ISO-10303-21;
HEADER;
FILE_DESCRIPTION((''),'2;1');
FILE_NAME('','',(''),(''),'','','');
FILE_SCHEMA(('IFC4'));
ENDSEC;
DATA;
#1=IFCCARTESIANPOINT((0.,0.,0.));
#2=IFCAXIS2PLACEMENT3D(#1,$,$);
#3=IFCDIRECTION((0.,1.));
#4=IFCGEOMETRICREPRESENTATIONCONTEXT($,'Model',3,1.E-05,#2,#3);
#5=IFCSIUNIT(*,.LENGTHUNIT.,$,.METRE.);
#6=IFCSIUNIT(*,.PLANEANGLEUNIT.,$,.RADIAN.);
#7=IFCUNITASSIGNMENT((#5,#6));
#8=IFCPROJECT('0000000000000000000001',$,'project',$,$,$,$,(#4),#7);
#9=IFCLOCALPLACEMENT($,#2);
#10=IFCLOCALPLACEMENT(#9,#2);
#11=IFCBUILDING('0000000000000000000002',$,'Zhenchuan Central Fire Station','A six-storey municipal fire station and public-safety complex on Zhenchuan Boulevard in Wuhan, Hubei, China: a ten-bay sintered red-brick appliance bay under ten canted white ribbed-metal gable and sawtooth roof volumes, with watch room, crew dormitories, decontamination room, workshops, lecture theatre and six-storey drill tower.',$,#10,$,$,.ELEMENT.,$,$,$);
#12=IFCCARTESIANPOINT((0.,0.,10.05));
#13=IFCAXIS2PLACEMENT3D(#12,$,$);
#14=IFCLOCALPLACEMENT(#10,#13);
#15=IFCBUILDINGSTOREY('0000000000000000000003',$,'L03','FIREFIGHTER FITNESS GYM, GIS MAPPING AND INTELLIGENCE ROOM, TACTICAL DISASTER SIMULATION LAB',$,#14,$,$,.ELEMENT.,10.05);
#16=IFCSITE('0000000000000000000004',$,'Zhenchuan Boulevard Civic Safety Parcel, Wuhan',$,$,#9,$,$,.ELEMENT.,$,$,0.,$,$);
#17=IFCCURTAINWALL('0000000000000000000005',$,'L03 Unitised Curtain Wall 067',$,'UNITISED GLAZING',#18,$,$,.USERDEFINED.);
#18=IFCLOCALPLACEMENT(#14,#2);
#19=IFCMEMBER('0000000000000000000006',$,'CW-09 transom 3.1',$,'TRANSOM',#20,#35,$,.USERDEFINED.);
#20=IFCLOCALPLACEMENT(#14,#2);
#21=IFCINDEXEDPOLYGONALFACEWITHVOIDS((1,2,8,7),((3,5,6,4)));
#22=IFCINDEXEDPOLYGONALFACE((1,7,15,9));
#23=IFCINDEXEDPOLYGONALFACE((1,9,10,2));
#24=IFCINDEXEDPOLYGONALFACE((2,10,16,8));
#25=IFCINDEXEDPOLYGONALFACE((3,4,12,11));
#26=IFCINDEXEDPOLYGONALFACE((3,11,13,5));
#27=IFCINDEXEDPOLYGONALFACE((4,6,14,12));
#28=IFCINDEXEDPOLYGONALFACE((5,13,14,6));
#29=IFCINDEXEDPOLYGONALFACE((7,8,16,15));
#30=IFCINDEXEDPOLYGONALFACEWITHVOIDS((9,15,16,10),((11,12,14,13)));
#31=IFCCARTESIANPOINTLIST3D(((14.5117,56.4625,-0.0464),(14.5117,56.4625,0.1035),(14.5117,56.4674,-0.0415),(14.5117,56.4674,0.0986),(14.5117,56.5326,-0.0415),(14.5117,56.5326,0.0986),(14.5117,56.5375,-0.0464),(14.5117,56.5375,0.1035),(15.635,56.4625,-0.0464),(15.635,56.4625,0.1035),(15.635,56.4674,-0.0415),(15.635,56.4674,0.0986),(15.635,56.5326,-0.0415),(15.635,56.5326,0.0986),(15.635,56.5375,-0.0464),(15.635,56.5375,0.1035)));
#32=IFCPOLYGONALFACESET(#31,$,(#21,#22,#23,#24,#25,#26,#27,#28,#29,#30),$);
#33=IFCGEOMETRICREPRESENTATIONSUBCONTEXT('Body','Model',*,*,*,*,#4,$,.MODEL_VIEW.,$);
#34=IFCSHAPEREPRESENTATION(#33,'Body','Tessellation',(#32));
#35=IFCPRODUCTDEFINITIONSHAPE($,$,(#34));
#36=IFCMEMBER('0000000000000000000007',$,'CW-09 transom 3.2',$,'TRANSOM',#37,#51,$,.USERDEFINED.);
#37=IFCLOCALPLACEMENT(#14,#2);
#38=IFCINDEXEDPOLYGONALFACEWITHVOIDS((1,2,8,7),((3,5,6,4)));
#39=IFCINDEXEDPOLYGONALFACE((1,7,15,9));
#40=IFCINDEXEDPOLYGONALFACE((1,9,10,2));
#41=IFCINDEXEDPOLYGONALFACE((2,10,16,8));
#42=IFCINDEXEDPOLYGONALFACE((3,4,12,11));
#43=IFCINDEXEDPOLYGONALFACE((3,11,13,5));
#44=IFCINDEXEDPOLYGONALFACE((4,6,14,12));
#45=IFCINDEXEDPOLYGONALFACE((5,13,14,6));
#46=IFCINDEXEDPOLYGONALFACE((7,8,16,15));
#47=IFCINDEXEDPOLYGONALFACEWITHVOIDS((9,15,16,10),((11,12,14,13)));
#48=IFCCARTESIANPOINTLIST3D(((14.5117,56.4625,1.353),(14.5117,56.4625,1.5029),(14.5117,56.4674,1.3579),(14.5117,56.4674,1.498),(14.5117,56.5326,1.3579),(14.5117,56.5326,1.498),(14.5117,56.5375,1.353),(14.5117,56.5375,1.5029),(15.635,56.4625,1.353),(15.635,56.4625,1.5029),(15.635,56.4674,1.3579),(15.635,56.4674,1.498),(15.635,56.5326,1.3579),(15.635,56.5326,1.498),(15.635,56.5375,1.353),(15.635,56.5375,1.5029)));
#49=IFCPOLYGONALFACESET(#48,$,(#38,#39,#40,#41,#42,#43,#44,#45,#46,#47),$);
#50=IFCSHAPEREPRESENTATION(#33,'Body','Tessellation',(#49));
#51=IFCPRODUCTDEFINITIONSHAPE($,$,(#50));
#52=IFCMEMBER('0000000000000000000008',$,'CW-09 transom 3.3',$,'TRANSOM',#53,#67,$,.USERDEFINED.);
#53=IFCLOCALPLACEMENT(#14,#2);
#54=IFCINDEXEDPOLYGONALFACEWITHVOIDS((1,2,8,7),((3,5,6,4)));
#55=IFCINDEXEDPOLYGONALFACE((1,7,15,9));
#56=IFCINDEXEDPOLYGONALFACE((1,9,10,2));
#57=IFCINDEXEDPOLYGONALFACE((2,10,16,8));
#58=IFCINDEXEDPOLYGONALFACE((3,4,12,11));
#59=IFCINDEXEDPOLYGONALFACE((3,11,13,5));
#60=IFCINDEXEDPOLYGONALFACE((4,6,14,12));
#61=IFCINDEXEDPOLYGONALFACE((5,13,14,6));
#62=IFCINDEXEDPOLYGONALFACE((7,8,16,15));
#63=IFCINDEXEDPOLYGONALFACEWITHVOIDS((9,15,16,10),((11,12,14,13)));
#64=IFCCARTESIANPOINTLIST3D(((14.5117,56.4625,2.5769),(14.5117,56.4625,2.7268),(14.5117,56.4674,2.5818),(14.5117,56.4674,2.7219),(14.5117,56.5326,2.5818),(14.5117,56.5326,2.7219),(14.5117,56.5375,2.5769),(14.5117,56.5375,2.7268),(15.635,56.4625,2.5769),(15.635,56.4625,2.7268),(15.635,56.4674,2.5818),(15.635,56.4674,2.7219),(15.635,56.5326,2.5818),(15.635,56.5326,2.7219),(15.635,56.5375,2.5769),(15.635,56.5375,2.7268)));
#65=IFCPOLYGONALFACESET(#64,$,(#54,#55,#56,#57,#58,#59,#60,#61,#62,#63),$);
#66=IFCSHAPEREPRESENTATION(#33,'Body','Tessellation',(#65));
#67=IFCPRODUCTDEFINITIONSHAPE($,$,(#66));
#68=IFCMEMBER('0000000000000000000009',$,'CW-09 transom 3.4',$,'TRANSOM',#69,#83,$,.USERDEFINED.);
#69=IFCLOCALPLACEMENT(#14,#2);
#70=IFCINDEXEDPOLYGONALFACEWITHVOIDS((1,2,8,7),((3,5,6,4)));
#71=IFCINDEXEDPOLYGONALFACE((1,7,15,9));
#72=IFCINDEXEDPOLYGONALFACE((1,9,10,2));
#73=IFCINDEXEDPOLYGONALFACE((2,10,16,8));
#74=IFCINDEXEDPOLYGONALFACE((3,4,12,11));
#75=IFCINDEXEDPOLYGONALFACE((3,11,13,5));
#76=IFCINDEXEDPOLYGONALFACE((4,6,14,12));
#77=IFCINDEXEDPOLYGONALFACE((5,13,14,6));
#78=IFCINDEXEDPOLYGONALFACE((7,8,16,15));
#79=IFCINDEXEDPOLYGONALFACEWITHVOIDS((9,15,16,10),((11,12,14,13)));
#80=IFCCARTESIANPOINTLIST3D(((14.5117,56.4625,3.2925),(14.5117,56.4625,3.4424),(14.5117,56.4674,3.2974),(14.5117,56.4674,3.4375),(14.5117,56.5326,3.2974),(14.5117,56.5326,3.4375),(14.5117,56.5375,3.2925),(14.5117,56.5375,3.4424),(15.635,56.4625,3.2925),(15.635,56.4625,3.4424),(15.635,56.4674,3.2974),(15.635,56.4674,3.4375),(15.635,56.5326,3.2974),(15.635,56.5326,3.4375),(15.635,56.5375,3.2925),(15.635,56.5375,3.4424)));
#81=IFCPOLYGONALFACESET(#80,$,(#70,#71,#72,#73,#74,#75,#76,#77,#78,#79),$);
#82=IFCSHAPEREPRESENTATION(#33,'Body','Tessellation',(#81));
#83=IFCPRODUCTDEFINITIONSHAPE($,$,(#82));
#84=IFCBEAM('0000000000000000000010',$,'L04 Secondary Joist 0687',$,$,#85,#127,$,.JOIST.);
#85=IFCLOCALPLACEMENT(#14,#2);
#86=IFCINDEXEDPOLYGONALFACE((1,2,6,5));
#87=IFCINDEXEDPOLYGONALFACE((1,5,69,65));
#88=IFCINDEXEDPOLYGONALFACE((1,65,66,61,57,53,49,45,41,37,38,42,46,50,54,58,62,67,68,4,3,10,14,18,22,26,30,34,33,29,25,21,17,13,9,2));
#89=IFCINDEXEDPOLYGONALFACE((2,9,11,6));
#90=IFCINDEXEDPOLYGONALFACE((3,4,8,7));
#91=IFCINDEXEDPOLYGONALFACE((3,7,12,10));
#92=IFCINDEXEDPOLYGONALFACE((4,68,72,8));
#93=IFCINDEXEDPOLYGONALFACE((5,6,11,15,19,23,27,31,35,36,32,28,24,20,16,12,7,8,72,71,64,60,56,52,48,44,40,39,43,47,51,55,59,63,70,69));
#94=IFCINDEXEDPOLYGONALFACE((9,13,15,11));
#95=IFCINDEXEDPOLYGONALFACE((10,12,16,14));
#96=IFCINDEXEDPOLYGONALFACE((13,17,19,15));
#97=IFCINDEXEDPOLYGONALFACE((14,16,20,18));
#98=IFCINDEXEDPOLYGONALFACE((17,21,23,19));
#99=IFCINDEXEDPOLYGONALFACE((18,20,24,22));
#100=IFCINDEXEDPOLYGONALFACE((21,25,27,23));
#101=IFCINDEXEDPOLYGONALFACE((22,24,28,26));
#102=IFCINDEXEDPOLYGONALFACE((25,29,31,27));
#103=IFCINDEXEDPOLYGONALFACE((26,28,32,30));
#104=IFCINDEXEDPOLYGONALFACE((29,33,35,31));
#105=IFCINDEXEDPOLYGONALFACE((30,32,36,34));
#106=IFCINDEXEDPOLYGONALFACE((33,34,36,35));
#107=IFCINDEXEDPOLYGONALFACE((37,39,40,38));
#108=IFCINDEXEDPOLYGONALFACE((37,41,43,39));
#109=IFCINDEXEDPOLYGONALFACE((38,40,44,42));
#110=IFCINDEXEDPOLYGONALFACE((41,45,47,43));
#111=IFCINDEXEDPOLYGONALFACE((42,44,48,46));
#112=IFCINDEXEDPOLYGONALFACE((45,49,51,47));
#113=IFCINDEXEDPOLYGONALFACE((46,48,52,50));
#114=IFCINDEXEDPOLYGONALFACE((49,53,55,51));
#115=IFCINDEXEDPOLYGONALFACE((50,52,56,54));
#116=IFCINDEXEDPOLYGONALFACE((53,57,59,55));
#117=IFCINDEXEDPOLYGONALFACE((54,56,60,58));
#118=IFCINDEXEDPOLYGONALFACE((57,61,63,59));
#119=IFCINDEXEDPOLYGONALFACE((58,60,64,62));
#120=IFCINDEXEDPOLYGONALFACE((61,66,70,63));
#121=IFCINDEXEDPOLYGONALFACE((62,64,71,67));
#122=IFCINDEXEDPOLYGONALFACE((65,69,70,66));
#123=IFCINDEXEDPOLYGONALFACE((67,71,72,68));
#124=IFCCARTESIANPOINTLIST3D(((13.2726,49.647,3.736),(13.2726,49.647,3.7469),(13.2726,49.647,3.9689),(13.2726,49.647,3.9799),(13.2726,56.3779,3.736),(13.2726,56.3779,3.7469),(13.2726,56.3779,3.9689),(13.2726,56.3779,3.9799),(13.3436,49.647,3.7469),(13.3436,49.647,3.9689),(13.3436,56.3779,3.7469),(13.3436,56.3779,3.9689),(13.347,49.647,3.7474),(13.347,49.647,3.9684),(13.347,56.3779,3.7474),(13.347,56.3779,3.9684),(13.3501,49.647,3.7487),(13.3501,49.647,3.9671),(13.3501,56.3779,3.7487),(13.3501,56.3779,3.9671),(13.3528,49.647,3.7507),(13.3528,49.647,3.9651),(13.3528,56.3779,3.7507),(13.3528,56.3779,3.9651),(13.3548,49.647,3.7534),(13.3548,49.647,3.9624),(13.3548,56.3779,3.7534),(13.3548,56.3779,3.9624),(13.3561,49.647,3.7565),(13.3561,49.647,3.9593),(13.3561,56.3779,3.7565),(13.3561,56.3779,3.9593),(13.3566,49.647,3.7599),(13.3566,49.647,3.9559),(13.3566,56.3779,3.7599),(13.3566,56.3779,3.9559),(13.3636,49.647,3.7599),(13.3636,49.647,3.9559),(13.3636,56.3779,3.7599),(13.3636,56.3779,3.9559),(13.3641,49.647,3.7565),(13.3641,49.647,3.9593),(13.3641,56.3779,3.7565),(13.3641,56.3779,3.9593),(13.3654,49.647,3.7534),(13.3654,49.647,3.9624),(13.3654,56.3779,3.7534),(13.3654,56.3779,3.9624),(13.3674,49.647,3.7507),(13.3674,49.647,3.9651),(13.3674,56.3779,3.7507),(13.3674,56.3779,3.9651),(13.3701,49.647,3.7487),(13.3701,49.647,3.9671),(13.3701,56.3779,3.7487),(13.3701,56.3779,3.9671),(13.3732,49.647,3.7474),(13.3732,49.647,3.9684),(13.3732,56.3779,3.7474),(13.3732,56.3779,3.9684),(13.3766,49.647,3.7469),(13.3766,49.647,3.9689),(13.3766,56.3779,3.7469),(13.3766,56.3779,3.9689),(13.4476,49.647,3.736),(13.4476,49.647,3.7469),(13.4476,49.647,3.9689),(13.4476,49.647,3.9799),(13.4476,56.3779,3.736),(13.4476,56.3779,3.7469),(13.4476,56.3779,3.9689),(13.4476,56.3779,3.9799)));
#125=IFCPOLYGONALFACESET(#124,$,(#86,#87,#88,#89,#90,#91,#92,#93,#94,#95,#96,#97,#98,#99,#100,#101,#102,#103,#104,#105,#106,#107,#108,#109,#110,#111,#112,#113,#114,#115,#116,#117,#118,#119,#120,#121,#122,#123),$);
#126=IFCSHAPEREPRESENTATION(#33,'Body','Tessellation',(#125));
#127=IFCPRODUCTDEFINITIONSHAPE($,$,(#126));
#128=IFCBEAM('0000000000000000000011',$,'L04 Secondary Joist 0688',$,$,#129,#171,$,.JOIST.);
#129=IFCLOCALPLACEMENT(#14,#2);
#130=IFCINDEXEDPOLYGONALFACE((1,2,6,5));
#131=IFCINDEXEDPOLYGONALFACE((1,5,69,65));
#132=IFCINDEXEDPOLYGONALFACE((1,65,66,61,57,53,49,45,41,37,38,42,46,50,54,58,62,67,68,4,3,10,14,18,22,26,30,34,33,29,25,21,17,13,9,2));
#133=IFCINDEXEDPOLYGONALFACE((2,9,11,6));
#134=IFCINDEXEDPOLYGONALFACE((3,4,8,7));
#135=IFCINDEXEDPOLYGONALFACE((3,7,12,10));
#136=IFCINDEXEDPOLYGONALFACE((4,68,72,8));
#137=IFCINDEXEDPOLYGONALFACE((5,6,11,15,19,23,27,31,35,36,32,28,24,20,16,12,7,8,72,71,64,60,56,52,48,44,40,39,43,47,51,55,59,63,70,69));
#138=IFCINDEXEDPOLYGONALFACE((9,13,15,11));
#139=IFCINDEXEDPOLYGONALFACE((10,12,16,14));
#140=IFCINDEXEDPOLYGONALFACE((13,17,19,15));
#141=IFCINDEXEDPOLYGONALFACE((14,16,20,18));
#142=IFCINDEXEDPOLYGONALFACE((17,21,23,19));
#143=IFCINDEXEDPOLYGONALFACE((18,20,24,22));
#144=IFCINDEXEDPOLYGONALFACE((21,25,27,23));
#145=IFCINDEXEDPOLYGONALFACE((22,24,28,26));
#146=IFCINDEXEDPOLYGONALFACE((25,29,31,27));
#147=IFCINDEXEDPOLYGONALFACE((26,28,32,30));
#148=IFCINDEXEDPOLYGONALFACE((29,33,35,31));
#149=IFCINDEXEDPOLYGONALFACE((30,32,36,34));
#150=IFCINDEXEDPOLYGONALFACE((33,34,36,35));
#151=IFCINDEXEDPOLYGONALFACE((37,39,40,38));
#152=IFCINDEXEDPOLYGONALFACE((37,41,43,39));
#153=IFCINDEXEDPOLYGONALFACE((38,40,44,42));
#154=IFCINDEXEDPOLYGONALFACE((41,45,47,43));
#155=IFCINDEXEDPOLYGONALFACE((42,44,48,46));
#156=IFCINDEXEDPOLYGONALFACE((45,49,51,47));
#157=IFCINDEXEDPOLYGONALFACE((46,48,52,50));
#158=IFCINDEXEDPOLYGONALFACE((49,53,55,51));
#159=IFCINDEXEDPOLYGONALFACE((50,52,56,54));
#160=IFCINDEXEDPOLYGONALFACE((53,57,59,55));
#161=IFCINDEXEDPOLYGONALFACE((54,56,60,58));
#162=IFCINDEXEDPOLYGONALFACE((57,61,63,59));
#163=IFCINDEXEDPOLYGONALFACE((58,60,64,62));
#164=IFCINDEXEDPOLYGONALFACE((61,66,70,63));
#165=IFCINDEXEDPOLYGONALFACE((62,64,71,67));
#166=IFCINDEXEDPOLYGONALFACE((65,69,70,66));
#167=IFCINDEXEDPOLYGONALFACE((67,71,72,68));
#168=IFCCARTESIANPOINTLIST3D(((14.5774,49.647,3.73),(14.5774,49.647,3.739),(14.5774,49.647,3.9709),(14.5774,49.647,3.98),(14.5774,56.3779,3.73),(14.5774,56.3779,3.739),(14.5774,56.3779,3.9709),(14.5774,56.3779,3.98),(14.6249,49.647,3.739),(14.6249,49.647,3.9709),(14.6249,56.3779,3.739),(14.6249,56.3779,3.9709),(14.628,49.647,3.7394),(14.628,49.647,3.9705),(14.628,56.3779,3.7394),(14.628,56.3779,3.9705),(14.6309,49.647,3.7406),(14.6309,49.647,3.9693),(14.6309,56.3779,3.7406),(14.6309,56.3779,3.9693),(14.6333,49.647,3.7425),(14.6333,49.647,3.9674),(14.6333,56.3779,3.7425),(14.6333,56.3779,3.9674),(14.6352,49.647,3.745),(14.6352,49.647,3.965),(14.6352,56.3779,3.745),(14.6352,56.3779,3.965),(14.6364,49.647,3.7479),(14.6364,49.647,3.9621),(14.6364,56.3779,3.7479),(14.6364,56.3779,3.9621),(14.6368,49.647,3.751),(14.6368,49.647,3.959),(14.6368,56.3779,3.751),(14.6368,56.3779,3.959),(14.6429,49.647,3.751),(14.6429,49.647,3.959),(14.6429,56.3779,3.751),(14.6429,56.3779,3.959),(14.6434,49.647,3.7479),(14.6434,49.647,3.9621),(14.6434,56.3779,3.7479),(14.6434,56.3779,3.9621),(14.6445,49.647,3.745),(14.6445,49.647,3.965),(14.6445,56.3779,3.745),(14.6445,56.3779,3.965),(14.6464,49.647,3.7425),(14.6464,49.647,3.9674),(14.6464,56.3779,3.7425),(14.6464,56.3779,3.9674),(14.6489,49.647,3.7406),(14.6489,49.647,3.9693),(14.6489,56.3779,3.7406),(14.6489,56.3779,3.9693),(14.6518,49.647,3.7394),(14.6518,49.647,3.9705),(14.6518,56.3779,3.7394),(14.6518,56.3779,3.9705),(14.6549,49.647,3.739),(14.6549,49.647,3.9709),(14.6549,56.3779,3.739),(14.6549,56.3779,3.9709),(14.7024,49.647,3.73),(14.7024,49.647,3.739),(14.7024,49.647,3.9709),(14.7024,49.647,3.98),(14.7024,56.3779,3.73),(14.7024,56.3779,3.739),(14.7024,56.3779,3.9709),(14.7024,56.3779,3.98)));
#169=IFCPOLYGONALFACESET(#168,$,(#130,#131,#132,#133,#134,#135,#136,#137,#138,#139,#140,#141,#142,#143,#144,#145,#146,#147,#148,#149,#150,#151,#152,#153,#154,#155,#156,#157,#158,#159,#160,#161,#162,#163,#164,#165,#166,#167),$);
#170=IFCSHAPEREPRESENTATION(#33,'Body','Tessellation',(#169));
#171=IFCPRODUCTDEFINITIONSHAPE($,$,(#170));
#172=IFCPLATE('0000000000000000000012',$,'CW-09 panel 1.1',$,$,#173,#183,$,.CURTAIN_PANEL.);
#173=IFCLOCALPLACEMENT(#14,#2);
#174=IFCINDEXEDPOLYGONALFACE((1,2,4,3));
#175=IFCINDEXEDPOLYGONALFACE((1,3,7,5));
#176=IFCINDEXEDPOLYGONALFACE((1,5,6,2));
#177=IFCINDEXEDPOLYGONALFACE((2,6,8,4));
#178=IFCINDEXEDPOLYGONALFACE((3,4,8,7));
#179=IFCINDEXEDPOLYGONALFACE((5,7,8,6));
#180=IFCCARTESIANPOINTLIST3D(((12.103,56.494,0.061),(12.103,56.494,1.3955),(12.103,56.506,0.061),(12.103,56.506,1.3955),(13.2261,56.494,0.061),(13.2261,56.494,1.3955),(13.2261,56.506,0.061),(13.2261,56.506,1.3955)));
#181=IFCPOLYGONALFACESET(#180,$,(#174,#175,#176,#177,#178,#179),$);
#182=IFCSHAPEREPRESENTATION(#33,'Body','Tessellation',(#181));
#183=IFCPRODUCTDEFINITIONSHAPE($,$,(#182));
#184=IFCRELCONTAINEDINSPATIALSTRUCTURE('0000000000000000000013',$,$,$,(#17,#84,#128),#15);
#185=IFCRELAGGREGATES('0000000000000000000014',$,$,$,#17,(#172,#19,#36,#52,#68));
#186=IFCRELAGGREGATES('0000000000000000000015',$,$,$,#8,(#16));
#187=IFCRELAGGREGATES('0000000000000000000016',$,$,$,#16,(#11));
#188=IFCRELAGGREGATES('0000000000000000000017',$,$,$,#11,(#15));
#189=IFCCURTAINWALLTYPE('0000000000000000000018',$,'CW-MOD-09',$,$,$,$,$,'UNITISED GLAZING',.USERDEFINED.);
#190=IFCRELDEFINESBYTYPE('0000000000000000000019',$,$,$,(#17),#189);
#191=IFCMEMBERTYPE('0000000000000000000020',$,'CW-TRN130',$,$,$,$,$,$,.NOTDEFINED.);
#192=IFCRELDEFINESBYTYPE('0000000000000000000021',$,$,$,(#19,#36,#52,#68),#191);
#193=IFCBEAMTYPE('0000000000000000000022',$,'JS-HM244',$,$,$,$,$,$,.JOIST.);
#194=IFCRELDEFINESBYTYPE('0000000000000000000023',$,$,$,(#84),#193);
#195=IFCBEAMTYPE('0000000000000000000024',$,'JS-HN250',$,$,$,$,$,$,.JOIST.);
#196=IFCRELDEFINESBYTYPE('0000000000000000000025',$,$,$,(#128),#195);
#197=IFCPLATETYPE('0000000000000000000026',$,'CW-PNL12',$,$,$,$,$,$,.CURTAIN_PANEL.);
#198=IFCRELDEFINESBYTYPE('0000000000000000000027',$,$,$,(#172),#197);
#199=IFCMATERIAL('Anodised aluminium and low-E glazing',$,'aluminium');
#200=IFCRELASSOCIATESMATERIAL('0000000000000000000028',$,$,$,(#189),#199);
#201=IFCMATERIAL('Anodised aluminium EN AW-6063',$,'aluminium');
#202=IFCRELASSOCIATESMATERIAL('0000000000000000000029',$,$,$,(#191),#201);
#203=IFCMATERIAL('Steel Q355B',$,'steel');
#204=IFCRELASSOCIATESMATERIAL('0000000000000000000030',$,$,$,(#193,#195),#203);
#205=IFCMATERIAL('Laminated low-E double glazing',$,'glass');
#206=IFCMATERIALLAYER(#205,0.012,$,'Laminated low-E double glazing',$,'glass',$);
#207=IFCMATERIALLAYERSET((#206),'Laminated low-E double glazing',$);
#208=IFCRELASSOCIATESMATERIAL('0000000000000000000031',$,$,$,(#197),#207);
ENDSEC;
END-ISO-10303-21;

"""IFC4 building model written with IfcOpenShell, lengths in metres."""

from ifc_helpers import new_model, si_unit, direction, frame, origin, origin_2d, place, context, subcontext, project, spatial, rectangle, hollow_rectangle, i_section, extrude, material, layer, layer_set, material_profile, profile_set, type_object, element, aggregate, save


model = new_model("IFC4")

# Units and contexts
model_context = context("Model", 3, precision=1e-05, world=origin(), true_north=direction((0.0, 1.0)))
body_context = subcontext(model_context, "Body", "Model", "MODEL_VIEW")
ifc_project = project(units=[si_unit("LENGTHUNIT", "METRE"), si_unit("PLANEANGLEUNIT", "RADIAN")], contexts=[model_context])

# Site, building, storey
site_placement = place(None, origin())
site = spatial("IfcSite", under=ifc_project, at=site_placement, Name="Zhenchuan Boulevard Civic Safety Parcel, Wuhan", CompositionType="ELEMENT", RefElevation=0.0)
building_placement = place(site_placement, origin())
building = spatial("IfcBuilding", under=site, at=building_placement, Name="Zhenchuan Central Fire Station", Description="A six-storey municipal fire station and public-safety complex on Zhenchuan Boulevard in Wuhan, Hubei, China: a ten-bay sintered red-brick appliance bay under ten canted white ribbed-metal gable and sawtooth roof volumes, with watch room, crew dormitories, decontamination room, workshops, lecture theatre and six-storey drill tower.", CompositionType="ELEMENT")
storey_placement = place(building_placement, frame((0.0, 0.0, 10.05)))
storey = spatial("IfcBuildingStorey", under=building, at=storey_placement, Name="L03", Description="FIREFIGHTER FITNESS GYM, GIS MAPPING AND INTELLIGENCE ROOM, TACTICAL DISASTER SIMULATION LAB", CompositionType="ELEMENT", Elevation=10.05)

# Shared definitions
ifc_material_1 = material(Name="Steel Q355B", Category="steel")

# Curtain wall, members
ifc_material_2 = material(Name="Anodised aluminium and low-E glazing", Category="aluminium")
curtain_wall_type = type_object("IfcCurtainWallType", Name="CW-MOD-09", ElementType="UNITISED GLAZING", PredefinedType="USERDEFINED", material=ifc_material_2)
curtain_wall_placement = place(storey_placement, origin())
curtain_wall = element("IfcCurtainWall", 1, at=curtain_wall_placement, inside=storey, type_object=curtain_wall_type, Name="L03 Unitised Curtain Wall 067", ObjectType="UNITISED GLAZING", PredefinedType="USERDEFINED")
ifc_material_3 = material(Name="Anodised aluminium EN AW-6063", Category="aluminium")
ifc_material_profile_1 = material_profile(ifc_material_3, hollow_rectangle(XDim=0.075, YDim=0.1499, WallThickness=0.0049, at=origin_2d()), Name="ALU-T 150x75")
ifc_profile_set_1 = profile_set([ifc_material_profile_1], Name="Anodised aluminium EN AW-6063")
member_type_1 = type_object("IfcMemberType", Name="CW-TRN130", PredefinedType="NOTDEFINED", material=ifc_profile_set_1)
member_1_placement = place(storey_placement, frame((14.5117, 56.5, 0.0286), z_axis=(1.0, 0.0, 0.0), x_axis=(0.0, 1.0, 0.0)))
member_1 = element("IfcMember", 2, at=member_1_placement, type_object=member_type_1, Name="CW-09 transom 3.1", ObjectType="TRANSOM", PredefinedType="USERDEFINED", context=body_context, shape_type="SweptSolid", body=[
    extrude(hollow_rectangle(XDim=0.075, YDim=0.1499, WallThickness=0.0049, at=origin_2d()), origin(), (0.0, 0.0, 1.0), 1.1233),
])
member_2_placement = place(storey_placement, frame((14.5117, 56.5, 1.428), z_axis=(1.0, 0.0, 0.0), x_axis=(0.0, 1.0, 0.0)))
member_2 = element("IfcMember", 3, at=member_2_placement, type_object=member_type_1, Name="CW-09 transom 3.2", ObjectType="TRANSOM", PredefinedType="USERDEFINED", context=body_context, shape_type="SweptSolid", body=[
    extrude(hollow_rectangle(XDim=0.075, YDim=0.1499, WallThickness=0.0049, at=origin_2d()), origin(), (0.0, 0.0, 1.0), 1.1233),
])
member_3_placement = place(storey_placement, frame((14.5117, 56.5, 2.6519), z_axis=(1.0, 0.0, 0.0), x_axis=(0.0, 1.0, 0.0)))
member_3 = element("IfcMember", 4, at=member_3_placement, type_object=member_type_1, Name="CW-09 transom 3.3", ObjectType="TRANSOM", PredefinedType="USERDEFINED", context=body_context, shape_type="SweptSolid", body=[
    extrude(hollow_rectangle(XDim=0.075, YDim=0.1499, WallThickness=0.0049, at=origin_2d()), origin(), (0.0, 0.0, 1.0), 1.1233),
])
member_4_placement = place(storey_placement, frame((14.5117, 56.5, 3.3674), z_axis=(1.0, 0.0, 0.0), x_axis=(0.0, 1.0, 0.0)))
member_4 = element("IfcMember", 5, at=member_4_placement, type_object=member_type_1, Name="CW-09 transom 3.4", ObjectType="TRANSOM", PredefinedType="USERDEFINED", context=body_context, shape_type="SweptSolid", body=[
    extrude(hollow_rectangle(XDim=0.075, YDim=0.1499, WallThickness=0.0049, at=origin_2d()), origin(), (0.0, 0.0, 1.0), 1.1233),
])

# Beams
ifc_material_profile_2 = material_profile(ifc_material_1, i_section(OverallWidth=0.175, OverallDepth=0.2439, WebThickness=0.0071, FlangeThickness=0.011, FilletRadius=0.0129, at=origin_2d()), Name="HM 244x175")
ifc_profile_set_2 = profile_set([ifc_material_profile_2], Name="Steel Q355B")
beam_type_1 = type_object("IfcBeamType", Name="JS-HM244", PredefinedType="JOIST", material=ifc_profile_set_2)
beam_1_placement = place(storey_placement, frame((13.3601, 49.647, 3.8579), z_axis=(0.0, 1.0, 0.0), x_axis=(-1.0, 0.0, 0.0)))
element("IfcBeam", 6, at=beam_1_placement, inside=storey, type_object=beam_type_1, Name="L04 Secondary Joist 0687", PredefinedType="JOIST", context=body_context, shape_type="SweptSolid", body=[
    extrude(i_section(OverallWidth=0.175, OverallDepth=0.2439, WebThickness=0.0071, FlangeThickness=0.011, FilletRadius=0.0129, at=origin_2d()), origin(), (0.0, 0.0, 1.0), 6.731),
])
ifc_material_profile_3 = material_profile(ifc_material_1, i_section(OverallWidth=0.125, OverallDepth=0.25, WebThickness=0.0061, FlangeThickness=0.009, FilletRadius=0.012, at=origin_2d()), Name="HN 250x125")
ifc_profile_set_3 = profile_set([ifc_material_profile_3], Name="Steel Q355B")
beam_type_2 = type_object("IfcBeamType", Name="JS-HN250", PredefinedType="JOIST", material=ifc_profile_set_3)
beam_2_placement = place(storey_placement, frame((14.6399, 49.647, 3.855), z_axis=(0.0, 1.0, 0.0), x_axis=(-1.0, 0.0, 0.0)))
element("IfcBeam", 7, at=beam_2_placement, inside=storey, type_object=beam_type_2, Name="L04 Secondary Joist 0688", PredefinedType="JOIST", context=body_context, shape_type="SweptSolid", body=[
    extrude(i_section(OverallWidth=0.125, OverallDepth=0.25, WebThickness=0.0061, FlangeThickness=0.009, FilletRadius=0.012, at=origin_2d()), origin(), (0.0, 0.0, 1.0), 6.731),
])

# Plate
ifc_material_4 = material(Name="Laminated low-E double glazing", Category="glass")
ifc_layer_1 = layer(ifc_material_4, 0.012, Name="Laminated low-E double glazing", Category="glass")
ifc_layer_set_1 = layer_set([ifc_layer_1], Name="Laminated low-E double glazing")
plate_type = type_object("IfcPlateType", Name="CW-PNL12", PredefinedType="CURTAIN_PANEL", material=ifc_layer_set_1)
plate_1_placement = place(storey_placement, frame((12.6646, 56.5, 0.061), z_axis=(0.0, 0.0, 1.0), x_axis=(1.0, 0.0, 0.0)))
plate_1 = element("IfcPlate", 8, at=plate_1_placement, type_object=plate_type, Name="CW-09 panel 1.1", PredefinedType="CURTAIN_PANEL", context=body_context, shape_type="SweptSolid", body=[
    extrude(rectangle(XDim=1.123, YDim=0.012, at=origin_2d()), origin(), (0.0, 0.0, 1.0), 1.3345),
])
aggregate(curtain_wall, [plate_1, member_1, member_2, member_3, member_4])

save(model, "model.ifc")
